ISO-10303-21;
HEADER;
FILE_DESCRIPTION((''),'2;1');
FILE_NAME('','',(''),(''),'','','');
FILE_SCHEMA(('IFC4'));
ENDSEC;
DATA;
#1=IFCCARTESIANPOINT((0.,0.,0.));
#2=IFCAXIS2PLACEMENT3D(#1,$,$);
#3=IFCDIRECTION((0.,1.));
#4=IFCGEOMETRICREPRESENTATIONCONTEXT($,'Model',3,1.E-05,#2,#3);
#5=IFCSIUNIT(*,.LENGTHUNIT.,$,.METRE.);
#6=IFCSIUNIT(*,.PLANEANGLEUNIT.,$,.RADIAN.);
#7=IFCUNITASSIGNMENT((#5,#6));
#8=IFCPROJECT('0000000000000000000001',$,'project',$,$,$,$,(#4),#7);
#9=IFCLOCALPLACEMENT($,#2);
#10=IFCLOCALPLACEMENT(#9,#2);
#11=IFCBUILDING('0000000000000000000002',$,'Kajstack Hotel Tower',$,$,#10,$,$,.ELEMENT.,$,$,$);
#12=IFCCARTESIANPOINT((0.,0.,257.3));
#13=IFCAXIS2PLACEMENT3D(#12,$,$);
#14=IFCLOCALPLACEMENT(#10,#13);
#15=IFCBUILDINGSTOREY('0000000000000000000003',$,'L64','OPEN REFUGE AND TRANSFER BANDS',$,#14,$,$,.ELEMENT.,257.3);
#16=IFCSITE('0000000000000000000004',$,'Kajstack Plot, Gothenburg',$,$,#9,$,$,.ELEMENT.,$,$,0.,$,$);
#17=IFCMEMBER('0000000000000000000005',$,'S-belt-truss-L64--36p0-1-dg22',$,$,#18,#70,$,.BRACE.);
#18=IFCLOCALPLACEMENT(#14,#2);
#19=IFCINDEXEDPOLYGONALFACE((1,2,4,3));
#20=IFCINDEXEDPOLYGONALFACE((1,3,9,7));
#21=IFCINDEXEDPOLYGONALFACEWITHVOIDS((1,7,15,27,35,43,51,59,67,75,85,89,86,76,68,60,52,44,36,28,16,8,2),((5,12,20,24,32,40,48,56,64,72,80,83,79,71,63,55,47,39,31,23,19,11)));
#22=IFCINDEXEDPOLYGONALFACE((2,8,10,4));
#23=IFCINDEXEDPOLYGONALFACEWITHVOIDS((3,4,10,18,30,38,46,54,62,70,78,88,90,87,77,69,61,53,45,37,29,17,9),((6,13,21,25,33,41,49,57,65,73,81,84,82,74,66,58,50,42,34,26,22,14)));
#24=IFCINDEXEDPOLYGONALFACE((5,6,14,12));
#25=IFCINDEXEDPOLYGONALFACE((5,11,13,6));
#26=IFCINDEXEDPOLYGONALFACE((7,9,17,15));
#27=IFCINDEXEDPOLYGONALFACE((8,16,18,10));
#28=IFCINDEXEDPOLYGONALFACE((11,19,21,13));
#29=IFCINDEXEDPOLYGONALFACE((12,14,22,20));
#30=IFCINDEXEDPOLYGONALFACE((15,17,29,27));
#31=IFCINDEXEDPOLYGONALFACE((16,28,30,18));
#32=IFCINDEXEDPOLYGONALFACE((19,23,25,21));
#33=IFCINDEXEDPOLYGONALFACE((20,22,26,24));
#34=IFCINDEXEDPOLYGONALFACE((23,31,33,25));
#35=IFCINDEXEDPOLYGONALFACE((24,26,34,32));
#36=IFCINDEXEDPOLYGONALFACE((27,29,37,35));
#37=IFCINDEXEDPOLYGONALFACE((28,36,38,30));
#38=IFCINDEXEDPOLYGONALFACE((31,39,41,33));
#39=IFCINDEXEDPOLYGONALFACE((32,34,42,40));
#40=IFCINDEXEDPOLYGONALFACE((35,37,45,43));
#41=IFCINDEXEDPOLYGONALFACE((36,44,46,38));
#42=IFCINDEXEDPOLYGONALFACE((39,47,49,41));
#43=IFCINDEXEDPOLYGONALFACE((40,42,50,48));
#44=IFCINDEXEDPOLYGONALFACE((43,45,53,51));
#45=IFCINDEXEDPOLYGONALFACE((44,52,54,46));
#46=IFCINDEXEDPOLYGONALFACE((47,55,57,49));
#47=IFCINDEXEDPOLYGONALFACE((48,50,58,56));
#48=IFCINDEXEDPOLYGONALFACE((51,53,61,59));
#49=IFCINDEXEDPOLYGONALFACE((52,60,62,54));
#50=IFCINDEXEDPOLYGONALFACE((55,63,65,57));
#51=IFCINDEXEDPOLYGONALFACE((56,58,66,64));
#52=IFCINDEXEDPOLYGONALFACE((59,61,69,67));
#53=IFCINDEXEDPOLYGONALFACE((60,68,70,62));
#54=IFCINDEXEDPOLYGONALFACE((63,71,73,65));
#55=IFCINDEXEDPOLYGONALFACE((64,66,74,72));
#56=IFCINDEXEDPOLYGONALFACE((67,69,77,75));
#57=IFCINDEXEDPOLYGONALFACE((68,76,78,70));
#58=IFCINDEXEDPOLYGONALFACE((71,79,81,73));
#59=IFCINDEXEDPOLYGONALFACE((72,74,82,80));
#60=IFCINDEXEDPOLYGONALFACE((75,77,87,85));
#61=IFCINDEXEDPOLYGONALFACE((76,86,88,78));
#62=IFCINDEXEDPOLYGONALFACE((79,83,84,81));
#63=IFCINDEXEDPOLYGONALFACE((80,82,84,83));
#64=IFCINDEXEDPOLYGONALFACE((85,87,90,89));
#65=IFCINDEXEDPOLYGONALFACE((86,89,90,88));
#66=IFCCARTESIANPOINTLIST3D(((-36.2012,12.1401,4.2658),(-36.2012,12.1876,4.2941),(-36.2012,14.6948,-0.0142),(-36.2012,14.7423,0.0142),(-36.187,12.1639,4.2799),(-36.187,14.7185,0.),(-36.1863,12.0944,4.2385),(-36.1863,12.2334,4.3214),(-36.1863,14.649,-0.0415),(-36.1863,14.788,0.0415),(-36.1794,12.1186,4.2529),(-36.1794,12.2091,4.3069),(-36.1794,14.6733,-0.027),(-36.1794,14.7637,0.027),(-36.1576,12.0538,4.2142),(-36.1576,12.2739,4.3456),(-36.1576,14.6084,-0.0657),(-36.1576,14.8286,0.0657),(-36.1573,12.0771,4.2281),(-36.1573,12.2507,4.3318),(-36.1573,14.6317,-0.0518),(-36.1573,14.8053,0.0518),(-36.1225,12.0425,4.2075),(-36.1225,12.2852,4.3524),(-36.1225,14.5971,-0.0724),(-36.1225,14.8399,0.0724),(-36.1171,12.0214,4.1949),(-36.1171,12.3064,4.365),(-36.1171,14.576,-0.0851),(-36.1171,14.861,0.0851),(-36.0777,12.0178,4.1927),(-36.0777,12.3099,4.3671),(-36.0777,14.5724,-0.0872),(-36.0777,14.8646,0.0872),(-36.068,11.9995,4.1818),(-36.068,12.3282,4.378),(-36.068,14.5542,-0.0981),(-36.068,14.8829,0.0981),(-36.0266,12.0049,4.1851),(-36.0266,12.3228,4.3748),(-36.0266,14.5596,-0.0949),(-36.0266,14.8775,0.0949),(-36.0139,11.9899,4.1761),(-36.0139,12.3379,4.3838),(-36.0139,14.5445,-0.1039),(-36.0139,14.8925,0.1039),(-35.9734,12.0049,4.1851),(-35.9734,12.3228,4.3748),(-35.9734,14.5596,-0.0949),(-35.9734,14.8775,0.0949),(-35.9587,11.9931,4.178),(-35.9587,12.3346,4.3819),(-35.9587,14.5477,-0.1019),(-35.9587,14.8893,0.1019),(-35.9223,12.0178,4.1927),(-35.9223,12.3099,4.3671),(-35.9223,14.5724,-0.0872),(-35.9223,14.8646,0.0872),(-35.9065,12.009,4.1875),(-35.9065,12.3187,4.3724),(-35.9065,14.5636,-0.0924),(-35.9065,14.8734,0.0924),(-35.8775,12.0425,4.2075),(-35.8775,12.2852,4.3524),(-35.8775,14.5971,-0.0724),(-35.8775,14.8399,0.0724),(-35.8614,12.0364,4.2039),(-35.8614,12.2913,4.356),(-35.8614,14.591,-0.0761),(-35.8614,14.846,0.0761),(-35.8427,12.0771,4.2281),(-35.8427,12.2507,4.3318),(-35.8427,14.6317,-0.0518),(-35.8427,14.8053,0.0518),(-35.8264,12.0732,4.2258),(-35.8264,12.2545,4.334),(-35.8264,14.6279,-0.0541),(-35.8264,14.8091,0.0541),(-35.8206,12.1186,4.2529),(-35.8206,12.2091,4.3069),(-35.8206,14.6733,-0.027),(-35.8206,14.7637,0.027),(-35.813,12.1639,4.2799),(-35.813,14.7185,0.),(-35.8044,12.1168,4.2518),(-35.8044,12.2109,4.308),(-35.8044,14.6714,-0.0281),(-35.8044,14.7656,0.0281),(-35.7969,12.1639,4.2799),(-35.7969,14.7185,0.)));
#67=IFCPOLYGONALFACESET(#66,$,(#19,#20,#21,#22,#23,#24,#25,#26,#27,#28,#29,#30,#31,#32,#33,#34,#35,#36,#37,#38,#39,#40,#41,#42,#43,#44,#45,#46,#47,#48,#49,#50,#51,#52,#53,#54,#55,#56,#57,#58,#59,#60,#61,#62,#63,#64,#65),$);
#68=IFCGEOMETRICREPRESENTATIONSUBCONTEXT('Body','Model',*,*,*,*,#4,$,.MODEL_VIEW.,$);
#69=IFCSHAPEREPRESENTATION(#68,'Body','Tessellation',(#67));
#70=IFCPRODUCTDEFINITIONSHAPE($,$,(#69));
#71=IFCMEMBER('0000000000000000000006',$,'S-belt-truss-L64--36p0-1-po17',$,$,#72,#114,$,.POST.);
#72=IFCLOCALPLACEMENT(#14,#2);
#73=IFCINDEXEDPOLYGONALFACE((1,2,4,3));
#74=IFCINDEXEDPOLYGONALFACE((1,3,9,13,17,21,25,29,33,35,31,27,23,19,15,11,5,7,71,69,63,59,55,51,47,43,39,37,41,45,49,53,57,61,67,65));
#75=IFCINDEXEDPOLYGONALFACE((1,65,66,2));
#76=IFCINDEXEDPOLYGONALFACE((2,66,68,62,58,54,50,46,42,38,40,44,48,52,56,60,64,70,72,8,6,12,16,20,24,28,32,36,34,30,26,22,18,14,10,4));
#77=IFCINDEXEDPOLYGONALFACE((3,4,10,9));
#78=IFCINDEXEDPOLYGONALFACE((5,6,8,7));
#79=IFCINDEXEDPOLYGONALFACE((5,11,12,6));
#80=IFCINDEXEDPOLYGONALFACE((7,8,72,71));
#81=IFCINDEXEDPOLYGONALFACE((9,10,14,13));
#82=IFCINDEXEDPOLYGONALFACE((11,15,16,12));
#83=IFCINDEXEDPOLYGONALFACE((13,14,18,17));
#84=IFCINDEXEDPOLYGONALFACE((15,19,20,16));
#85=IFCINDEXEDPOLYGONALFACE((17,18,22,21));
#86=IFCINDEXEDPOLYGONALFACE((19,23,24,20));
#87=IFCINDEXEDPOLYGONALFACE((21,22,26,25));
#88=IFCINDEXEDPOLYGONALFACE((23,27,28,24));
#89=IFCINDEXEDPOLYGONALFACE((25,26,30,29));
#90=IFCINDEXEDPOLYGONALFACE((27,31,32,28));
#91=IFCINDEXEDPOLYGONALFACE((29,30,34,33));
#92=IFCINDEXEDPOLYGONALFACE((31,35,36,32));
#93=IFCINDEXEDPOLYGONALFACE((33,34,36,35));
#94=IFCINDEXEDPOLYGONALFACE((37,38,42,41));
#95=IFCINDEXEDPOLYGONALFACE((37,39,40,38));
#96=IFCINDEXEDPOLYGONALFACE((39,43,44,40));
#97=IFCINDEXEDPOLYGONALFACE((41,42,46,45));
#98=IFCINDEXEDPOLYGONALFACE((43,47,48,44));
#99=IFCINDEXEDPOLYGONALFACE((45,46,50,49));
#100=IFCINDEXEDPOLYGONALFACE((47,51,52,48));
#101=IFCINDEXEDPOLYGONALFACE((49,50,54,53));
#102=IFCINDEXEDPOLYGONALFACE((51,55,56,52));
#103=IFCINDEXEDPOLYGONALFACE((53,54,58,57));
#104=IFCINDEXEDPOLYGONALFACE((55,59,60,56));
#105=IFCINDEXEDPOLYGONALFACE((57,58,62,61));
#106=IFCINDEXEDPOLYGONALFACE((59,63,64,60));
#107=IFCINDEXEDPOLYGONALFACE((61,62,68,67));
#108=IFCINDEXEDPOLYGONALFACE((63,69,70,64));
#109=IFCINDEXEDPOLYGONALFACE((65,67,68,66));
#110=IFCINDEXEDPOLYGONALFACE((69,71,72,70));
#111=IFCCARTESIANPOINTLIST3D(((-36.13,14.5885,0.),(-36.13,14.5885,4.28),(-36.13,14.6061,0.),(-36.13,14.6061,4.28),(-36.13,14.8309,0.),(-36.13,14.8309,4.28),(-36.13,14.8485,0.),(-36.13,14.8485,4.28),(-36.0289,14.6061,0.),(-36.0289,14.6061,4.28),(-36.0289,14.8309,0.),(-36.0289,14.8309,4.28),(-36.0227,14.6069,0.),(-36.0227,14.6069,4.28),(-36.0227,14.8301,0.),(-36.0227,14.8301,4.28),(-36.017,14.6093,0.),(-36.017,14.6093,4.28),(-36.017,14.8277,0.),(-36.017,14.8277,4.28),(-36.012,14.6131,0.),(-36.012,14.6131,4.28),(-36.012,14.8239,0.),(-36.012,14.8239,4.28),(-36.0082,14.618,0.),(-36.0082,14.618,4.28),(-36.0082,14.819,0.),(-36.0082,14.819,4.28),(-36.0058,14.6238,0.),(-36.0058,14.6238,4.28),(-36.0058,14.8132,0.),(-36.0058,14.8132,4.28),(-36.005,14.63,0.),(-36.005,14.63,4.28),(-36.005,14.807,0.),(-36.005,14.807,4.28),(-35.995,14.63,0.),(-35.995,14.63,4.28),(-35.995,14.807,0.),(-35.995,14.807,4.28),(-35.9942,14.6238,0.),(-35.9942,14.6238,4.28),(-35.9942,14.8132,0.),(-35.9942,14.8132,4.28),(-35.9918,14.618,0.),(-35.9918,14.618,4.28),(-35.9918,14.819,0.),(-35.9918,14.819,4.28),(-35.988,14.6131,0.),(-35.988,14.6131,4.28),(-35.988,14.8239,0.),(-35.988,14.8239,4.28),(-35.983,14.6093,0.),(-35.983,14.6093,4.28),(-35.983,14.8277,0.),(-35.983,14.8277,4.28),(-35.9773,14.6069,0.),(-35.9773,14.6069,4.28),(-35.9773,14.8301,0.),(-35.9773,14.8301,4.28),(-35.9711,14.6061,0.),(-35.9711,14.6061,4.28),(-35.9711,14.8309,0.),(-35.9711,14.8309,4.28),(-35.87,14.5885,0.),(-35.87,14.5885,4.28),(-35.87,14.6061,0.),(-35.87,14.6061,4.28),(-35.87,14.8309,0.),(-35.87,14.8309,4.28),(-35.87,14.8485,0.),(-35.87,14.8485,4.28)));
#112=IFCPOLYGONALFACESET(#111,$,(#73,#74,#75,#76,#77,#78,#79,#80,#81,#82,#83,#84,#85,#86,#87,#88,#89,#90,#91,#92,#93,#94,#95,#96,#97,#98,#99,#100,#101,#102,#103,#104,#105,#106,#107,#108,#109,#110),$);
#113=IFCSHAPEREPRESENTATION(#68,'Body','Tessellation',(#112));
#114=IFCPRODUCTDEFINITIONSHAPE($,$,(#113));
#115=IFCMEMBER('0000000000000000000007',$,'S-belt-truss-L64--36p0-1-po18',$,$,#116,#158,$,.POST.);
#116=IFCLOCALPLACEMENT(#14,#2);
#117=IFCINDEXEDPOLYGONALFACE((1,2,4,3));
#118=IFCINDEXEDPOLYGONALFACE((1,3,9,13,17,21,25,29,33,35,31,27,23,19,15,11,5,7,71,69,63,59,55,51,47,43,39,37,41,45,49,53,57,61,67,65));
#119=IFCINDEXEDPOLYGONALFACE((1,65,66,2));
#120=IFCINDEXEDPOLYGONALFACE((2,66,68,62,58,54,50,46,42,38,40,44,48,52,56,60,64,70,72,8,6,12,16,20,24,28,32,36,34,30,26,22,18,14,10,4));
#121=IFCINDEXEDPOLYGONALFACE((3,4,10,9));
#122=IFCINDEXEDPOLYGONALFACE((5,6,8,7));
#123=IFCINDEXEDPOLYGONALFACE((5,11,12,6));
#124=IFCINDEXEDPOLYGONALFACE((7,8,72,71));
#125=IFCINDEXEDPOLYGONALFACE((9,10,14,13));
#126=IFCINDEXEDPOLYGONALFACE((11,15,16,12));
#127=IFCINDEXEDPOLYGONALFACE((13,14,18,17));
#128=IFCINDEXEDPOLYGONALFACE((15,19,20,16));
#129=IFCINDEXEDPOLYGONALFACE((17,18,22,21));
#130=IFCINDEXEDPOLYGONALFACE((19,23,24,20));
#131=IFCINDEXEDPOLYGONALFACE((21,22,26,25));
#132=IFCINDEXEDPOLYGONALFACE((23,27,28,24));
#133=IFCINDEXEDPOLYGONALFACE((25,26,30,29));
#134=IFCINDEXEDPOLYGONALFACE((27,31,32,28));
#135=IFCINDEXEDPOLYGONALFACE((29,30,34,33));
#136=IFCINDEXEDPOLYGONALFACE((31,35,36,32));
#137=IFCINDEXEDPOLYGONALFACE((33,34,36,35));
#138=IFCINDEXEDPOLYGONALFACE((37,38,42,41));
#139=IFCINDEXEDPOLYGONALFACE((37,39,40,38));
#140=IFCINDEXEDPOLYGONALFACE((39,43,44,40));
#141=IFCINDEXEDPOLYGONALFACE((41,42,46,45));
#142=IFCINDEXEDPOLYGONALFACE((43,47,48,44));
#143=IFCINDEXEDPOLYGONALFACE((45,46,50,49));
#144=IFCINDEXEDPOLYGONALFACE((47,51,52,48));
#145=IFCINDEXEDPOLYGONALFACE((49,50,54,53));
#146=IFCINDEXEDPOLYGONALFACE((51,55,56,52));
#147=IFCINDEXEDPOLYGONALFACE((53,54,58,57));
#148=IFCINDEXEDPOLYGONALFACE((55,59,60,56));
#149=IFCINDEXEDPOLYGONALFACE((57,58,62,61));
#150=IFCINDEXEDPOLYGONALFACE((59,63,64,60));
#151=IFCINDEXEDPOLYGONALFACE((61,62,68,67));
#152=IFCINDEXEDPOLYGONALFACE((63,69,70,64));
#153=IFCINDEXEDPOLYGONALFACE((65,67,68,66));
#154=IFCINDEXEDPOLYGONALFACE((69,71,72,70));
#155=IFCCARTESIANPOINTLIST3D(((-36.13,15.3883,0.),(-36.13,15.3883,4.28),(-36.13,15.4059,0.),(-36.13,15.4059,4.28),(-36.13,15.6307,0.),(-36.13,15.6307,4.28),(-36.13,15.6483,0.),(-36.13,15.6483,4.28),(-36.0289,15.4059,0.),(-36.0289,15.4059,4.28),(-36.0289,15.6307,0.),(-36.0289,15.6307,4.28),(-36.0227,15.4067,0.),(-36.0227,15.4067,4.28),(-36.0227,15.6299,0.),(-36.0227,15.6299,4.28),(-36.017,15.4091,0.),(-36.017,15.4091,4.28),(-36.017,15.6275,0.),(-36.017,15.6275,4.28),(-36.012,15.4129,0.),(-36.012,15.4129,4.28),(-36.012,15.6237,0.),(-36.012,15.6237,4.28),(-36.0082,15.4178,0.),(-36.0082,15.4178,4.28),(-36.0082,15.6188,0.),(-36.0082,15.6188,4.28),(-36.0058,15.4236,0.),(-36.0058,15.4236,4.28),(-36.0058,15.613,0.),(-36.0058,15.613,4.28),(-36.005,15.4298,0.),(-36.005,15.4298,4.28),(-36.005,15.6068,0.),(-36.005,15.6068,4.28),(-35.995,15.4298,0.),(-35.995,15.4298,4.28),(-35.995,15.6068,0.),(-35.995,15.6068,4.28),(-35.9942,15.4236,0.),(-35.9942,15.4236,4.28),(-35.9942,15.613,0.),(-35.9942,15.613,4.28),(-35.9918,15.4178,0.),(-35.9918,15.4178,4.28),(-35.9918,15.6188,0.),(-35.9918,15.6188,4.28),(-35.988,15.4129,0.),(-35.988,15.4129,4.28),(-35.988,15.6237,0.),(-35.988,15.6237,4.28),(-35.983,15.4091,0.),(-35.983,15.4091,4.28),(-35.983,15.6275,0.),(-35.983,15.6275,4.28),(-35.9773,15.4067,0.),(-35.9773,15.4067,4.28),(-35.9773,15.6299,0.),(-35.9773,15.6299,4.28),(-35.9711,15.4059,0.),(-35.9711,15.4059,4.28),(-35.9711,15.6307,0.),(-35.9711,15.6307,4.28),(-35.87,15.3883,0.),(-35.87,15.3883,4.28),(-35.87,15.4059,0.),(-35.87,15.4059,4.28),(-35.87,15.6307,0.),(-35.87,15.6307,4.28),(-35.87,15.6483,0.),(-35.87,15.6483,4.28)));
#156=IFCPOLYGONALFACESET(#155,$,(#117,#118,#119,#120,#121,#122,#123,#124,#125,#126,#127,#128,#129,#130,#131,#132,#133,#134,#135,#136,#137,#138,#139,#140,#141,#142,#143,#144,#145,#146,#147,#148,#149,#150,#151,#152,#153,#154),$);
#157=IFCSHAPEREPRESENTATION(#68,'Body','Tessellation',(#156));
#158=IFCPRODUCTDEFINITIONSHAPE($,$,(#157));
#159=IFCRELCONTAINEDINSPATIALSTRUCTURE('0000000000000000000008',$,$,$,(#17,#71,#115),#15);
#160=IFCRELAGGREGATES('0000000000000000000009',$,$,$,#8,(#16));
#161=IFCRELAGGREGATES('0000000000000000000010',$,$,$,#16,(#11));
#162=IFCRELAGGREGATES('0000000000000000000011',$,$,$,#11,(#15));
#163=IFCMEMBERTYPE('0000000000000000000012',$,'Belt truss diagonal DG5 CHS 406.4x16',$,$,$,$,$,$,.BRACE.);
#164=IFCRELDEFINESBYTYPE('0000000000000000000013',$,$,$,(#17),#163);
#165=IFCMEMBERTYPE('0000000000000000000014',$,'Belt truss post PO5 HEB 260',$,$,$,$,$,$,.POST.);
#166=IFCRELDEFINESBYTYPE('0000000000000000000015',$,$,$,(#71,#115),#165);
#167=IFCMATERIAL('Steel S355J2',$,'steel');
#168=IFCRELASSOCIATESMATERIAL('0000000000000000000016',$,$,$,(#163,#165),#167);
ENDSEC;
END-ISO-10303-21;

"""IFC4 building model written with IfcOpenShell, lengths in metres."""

from ifc_helpers import new_model, si_unit, direction, frame, origin, origin_2d, place, context, subcontext, project, spatial, hollow_circle, i_section, extrude, material, material_profile, profile_set, type_object, element, save


model = new_model("IFC4")

# Units and contexts
model_context = context("Model", 3, precision=1e-05, world=origin(), true_north=direction((0.0, 1.0)))
body_context = subcontext(model_context, "Body", "Model", "MODEL_VIEW")
ifc_project = project(units=[si_unit("LENGTHUNIT", "METRE"), si_unit("PLANEANGLEUNIT", "RADIAN")], contexts=[model_context])

# Site, building, storey
site_placement = place(None, origin())
site = spatial("IfcSite", under=ifc_project, at=site_placement, Name="Kajstack Plot, Gothenburg", CompositionType="ELEMENT", RefElevation=0.0)
building_placement = place(site_placement, origin())
building = spatial("IfcBuilding", under=site, at=building_placement, Name="Kajstack Hotel Tower", CompositionType="ELEMENT")
storey_placement = place(building_placement, frame((0.0, 0.0, 257.3)))
storey = spatial("IfcBuildingStorey", under=building, at=storey_placement, Name="L64", Description="OPEN REFUGE AND TRANSFER BANDS", CompositionType="ELEMENT", Elevation=257.3)

# Members
ifc_material = material(Name="Steel S355J2", Category="steel")
ifc_material_profile_1 = material_profile(ifc_material, hollow_circle(Radius=0.2031, WallThickness=0.0161, at=origin_2d()), Name="CHS 406.4x16")
ifc_profile_set_1 = profile_set([ifc_material_profile_1], Name="Steel S355J2")
member_type_1 = type_object("IfcMemberType", Name="Belt truss diagonal DG5 CHS 406.4x16", PredefinedType="BRACE", material=ifc_profile_set_1)
member_1_placement = place(storey_placement, frame((-36.0, 14.7185, 0.0), z_axis=(0.0, -0.512528, 0.858671), x_axis=(1.0, 0.0, 0.0)))
element("IfcMember", 1, at=member_1_placement, inside=storey, type_object=member_type_1, Name="S-belt-truss-L64--36p0-1-dg22", PredefinedType="BRACE", context=body_context, shape_type="SweptSolid", body=[
    extrude(hollow_circle(Radius=0.2031, WallThickness=0.0161, at=origin_2d()), origin(), (0.0, 0.0, 1.0), 4.9844),
])
ifc_material_profile_2 = material_profile(ifc_material, i_section(OverallWidth=0.26, OverallDepth=0.26, WebThickness=0.01, FlangeThickness=0.0176, FilletRadius=0.0239, at=origin_2d()), Name="HEB 260")
ifc_profile_set_2 = profile_set([ifc_material_profile_2], Name="Steel S355J2")
member_type_2 = type_object("IfcMemberType", Name="Belt truss post PO5 HEB 260", PredefinedType="POST", material=ifc_profile_set_2)
for number, where, z_axis, x_axis, name in (
    (2, (-36.0, 14.7185, 0.0), (0.0, 0.0, 1.0), (1.0, 0.0, 0.0), "S-belt-truss-L64--36p0-1-po17"),
    (3, (-36.0, 15.5183, 0.0), (0.0, 0.0, 1.0), (1.0, 0.0, 0.0), "S-belt-truss-L64--36p0-1-po18"),
):
    element("IfcMember", number, at=place(storey_placement, frame(where, z_axis=z_axis, x_axis=x_axis)), inside=storey, type_object=member_type_2, Name=name, PredefinedType="POST", context=body_context, shape_type="SweptSolid", body=[
        extrude(i_section(OverallWidth=0.26, OverallDepth=0.26, WebThickness=0.01, FlangeThickness=0.0176, FilletRadius=0.0239, at=origin_2d()), origin(), (0.0, 0.0, 1.0), 4.28),
    ])

save(model, "model.ifc")
